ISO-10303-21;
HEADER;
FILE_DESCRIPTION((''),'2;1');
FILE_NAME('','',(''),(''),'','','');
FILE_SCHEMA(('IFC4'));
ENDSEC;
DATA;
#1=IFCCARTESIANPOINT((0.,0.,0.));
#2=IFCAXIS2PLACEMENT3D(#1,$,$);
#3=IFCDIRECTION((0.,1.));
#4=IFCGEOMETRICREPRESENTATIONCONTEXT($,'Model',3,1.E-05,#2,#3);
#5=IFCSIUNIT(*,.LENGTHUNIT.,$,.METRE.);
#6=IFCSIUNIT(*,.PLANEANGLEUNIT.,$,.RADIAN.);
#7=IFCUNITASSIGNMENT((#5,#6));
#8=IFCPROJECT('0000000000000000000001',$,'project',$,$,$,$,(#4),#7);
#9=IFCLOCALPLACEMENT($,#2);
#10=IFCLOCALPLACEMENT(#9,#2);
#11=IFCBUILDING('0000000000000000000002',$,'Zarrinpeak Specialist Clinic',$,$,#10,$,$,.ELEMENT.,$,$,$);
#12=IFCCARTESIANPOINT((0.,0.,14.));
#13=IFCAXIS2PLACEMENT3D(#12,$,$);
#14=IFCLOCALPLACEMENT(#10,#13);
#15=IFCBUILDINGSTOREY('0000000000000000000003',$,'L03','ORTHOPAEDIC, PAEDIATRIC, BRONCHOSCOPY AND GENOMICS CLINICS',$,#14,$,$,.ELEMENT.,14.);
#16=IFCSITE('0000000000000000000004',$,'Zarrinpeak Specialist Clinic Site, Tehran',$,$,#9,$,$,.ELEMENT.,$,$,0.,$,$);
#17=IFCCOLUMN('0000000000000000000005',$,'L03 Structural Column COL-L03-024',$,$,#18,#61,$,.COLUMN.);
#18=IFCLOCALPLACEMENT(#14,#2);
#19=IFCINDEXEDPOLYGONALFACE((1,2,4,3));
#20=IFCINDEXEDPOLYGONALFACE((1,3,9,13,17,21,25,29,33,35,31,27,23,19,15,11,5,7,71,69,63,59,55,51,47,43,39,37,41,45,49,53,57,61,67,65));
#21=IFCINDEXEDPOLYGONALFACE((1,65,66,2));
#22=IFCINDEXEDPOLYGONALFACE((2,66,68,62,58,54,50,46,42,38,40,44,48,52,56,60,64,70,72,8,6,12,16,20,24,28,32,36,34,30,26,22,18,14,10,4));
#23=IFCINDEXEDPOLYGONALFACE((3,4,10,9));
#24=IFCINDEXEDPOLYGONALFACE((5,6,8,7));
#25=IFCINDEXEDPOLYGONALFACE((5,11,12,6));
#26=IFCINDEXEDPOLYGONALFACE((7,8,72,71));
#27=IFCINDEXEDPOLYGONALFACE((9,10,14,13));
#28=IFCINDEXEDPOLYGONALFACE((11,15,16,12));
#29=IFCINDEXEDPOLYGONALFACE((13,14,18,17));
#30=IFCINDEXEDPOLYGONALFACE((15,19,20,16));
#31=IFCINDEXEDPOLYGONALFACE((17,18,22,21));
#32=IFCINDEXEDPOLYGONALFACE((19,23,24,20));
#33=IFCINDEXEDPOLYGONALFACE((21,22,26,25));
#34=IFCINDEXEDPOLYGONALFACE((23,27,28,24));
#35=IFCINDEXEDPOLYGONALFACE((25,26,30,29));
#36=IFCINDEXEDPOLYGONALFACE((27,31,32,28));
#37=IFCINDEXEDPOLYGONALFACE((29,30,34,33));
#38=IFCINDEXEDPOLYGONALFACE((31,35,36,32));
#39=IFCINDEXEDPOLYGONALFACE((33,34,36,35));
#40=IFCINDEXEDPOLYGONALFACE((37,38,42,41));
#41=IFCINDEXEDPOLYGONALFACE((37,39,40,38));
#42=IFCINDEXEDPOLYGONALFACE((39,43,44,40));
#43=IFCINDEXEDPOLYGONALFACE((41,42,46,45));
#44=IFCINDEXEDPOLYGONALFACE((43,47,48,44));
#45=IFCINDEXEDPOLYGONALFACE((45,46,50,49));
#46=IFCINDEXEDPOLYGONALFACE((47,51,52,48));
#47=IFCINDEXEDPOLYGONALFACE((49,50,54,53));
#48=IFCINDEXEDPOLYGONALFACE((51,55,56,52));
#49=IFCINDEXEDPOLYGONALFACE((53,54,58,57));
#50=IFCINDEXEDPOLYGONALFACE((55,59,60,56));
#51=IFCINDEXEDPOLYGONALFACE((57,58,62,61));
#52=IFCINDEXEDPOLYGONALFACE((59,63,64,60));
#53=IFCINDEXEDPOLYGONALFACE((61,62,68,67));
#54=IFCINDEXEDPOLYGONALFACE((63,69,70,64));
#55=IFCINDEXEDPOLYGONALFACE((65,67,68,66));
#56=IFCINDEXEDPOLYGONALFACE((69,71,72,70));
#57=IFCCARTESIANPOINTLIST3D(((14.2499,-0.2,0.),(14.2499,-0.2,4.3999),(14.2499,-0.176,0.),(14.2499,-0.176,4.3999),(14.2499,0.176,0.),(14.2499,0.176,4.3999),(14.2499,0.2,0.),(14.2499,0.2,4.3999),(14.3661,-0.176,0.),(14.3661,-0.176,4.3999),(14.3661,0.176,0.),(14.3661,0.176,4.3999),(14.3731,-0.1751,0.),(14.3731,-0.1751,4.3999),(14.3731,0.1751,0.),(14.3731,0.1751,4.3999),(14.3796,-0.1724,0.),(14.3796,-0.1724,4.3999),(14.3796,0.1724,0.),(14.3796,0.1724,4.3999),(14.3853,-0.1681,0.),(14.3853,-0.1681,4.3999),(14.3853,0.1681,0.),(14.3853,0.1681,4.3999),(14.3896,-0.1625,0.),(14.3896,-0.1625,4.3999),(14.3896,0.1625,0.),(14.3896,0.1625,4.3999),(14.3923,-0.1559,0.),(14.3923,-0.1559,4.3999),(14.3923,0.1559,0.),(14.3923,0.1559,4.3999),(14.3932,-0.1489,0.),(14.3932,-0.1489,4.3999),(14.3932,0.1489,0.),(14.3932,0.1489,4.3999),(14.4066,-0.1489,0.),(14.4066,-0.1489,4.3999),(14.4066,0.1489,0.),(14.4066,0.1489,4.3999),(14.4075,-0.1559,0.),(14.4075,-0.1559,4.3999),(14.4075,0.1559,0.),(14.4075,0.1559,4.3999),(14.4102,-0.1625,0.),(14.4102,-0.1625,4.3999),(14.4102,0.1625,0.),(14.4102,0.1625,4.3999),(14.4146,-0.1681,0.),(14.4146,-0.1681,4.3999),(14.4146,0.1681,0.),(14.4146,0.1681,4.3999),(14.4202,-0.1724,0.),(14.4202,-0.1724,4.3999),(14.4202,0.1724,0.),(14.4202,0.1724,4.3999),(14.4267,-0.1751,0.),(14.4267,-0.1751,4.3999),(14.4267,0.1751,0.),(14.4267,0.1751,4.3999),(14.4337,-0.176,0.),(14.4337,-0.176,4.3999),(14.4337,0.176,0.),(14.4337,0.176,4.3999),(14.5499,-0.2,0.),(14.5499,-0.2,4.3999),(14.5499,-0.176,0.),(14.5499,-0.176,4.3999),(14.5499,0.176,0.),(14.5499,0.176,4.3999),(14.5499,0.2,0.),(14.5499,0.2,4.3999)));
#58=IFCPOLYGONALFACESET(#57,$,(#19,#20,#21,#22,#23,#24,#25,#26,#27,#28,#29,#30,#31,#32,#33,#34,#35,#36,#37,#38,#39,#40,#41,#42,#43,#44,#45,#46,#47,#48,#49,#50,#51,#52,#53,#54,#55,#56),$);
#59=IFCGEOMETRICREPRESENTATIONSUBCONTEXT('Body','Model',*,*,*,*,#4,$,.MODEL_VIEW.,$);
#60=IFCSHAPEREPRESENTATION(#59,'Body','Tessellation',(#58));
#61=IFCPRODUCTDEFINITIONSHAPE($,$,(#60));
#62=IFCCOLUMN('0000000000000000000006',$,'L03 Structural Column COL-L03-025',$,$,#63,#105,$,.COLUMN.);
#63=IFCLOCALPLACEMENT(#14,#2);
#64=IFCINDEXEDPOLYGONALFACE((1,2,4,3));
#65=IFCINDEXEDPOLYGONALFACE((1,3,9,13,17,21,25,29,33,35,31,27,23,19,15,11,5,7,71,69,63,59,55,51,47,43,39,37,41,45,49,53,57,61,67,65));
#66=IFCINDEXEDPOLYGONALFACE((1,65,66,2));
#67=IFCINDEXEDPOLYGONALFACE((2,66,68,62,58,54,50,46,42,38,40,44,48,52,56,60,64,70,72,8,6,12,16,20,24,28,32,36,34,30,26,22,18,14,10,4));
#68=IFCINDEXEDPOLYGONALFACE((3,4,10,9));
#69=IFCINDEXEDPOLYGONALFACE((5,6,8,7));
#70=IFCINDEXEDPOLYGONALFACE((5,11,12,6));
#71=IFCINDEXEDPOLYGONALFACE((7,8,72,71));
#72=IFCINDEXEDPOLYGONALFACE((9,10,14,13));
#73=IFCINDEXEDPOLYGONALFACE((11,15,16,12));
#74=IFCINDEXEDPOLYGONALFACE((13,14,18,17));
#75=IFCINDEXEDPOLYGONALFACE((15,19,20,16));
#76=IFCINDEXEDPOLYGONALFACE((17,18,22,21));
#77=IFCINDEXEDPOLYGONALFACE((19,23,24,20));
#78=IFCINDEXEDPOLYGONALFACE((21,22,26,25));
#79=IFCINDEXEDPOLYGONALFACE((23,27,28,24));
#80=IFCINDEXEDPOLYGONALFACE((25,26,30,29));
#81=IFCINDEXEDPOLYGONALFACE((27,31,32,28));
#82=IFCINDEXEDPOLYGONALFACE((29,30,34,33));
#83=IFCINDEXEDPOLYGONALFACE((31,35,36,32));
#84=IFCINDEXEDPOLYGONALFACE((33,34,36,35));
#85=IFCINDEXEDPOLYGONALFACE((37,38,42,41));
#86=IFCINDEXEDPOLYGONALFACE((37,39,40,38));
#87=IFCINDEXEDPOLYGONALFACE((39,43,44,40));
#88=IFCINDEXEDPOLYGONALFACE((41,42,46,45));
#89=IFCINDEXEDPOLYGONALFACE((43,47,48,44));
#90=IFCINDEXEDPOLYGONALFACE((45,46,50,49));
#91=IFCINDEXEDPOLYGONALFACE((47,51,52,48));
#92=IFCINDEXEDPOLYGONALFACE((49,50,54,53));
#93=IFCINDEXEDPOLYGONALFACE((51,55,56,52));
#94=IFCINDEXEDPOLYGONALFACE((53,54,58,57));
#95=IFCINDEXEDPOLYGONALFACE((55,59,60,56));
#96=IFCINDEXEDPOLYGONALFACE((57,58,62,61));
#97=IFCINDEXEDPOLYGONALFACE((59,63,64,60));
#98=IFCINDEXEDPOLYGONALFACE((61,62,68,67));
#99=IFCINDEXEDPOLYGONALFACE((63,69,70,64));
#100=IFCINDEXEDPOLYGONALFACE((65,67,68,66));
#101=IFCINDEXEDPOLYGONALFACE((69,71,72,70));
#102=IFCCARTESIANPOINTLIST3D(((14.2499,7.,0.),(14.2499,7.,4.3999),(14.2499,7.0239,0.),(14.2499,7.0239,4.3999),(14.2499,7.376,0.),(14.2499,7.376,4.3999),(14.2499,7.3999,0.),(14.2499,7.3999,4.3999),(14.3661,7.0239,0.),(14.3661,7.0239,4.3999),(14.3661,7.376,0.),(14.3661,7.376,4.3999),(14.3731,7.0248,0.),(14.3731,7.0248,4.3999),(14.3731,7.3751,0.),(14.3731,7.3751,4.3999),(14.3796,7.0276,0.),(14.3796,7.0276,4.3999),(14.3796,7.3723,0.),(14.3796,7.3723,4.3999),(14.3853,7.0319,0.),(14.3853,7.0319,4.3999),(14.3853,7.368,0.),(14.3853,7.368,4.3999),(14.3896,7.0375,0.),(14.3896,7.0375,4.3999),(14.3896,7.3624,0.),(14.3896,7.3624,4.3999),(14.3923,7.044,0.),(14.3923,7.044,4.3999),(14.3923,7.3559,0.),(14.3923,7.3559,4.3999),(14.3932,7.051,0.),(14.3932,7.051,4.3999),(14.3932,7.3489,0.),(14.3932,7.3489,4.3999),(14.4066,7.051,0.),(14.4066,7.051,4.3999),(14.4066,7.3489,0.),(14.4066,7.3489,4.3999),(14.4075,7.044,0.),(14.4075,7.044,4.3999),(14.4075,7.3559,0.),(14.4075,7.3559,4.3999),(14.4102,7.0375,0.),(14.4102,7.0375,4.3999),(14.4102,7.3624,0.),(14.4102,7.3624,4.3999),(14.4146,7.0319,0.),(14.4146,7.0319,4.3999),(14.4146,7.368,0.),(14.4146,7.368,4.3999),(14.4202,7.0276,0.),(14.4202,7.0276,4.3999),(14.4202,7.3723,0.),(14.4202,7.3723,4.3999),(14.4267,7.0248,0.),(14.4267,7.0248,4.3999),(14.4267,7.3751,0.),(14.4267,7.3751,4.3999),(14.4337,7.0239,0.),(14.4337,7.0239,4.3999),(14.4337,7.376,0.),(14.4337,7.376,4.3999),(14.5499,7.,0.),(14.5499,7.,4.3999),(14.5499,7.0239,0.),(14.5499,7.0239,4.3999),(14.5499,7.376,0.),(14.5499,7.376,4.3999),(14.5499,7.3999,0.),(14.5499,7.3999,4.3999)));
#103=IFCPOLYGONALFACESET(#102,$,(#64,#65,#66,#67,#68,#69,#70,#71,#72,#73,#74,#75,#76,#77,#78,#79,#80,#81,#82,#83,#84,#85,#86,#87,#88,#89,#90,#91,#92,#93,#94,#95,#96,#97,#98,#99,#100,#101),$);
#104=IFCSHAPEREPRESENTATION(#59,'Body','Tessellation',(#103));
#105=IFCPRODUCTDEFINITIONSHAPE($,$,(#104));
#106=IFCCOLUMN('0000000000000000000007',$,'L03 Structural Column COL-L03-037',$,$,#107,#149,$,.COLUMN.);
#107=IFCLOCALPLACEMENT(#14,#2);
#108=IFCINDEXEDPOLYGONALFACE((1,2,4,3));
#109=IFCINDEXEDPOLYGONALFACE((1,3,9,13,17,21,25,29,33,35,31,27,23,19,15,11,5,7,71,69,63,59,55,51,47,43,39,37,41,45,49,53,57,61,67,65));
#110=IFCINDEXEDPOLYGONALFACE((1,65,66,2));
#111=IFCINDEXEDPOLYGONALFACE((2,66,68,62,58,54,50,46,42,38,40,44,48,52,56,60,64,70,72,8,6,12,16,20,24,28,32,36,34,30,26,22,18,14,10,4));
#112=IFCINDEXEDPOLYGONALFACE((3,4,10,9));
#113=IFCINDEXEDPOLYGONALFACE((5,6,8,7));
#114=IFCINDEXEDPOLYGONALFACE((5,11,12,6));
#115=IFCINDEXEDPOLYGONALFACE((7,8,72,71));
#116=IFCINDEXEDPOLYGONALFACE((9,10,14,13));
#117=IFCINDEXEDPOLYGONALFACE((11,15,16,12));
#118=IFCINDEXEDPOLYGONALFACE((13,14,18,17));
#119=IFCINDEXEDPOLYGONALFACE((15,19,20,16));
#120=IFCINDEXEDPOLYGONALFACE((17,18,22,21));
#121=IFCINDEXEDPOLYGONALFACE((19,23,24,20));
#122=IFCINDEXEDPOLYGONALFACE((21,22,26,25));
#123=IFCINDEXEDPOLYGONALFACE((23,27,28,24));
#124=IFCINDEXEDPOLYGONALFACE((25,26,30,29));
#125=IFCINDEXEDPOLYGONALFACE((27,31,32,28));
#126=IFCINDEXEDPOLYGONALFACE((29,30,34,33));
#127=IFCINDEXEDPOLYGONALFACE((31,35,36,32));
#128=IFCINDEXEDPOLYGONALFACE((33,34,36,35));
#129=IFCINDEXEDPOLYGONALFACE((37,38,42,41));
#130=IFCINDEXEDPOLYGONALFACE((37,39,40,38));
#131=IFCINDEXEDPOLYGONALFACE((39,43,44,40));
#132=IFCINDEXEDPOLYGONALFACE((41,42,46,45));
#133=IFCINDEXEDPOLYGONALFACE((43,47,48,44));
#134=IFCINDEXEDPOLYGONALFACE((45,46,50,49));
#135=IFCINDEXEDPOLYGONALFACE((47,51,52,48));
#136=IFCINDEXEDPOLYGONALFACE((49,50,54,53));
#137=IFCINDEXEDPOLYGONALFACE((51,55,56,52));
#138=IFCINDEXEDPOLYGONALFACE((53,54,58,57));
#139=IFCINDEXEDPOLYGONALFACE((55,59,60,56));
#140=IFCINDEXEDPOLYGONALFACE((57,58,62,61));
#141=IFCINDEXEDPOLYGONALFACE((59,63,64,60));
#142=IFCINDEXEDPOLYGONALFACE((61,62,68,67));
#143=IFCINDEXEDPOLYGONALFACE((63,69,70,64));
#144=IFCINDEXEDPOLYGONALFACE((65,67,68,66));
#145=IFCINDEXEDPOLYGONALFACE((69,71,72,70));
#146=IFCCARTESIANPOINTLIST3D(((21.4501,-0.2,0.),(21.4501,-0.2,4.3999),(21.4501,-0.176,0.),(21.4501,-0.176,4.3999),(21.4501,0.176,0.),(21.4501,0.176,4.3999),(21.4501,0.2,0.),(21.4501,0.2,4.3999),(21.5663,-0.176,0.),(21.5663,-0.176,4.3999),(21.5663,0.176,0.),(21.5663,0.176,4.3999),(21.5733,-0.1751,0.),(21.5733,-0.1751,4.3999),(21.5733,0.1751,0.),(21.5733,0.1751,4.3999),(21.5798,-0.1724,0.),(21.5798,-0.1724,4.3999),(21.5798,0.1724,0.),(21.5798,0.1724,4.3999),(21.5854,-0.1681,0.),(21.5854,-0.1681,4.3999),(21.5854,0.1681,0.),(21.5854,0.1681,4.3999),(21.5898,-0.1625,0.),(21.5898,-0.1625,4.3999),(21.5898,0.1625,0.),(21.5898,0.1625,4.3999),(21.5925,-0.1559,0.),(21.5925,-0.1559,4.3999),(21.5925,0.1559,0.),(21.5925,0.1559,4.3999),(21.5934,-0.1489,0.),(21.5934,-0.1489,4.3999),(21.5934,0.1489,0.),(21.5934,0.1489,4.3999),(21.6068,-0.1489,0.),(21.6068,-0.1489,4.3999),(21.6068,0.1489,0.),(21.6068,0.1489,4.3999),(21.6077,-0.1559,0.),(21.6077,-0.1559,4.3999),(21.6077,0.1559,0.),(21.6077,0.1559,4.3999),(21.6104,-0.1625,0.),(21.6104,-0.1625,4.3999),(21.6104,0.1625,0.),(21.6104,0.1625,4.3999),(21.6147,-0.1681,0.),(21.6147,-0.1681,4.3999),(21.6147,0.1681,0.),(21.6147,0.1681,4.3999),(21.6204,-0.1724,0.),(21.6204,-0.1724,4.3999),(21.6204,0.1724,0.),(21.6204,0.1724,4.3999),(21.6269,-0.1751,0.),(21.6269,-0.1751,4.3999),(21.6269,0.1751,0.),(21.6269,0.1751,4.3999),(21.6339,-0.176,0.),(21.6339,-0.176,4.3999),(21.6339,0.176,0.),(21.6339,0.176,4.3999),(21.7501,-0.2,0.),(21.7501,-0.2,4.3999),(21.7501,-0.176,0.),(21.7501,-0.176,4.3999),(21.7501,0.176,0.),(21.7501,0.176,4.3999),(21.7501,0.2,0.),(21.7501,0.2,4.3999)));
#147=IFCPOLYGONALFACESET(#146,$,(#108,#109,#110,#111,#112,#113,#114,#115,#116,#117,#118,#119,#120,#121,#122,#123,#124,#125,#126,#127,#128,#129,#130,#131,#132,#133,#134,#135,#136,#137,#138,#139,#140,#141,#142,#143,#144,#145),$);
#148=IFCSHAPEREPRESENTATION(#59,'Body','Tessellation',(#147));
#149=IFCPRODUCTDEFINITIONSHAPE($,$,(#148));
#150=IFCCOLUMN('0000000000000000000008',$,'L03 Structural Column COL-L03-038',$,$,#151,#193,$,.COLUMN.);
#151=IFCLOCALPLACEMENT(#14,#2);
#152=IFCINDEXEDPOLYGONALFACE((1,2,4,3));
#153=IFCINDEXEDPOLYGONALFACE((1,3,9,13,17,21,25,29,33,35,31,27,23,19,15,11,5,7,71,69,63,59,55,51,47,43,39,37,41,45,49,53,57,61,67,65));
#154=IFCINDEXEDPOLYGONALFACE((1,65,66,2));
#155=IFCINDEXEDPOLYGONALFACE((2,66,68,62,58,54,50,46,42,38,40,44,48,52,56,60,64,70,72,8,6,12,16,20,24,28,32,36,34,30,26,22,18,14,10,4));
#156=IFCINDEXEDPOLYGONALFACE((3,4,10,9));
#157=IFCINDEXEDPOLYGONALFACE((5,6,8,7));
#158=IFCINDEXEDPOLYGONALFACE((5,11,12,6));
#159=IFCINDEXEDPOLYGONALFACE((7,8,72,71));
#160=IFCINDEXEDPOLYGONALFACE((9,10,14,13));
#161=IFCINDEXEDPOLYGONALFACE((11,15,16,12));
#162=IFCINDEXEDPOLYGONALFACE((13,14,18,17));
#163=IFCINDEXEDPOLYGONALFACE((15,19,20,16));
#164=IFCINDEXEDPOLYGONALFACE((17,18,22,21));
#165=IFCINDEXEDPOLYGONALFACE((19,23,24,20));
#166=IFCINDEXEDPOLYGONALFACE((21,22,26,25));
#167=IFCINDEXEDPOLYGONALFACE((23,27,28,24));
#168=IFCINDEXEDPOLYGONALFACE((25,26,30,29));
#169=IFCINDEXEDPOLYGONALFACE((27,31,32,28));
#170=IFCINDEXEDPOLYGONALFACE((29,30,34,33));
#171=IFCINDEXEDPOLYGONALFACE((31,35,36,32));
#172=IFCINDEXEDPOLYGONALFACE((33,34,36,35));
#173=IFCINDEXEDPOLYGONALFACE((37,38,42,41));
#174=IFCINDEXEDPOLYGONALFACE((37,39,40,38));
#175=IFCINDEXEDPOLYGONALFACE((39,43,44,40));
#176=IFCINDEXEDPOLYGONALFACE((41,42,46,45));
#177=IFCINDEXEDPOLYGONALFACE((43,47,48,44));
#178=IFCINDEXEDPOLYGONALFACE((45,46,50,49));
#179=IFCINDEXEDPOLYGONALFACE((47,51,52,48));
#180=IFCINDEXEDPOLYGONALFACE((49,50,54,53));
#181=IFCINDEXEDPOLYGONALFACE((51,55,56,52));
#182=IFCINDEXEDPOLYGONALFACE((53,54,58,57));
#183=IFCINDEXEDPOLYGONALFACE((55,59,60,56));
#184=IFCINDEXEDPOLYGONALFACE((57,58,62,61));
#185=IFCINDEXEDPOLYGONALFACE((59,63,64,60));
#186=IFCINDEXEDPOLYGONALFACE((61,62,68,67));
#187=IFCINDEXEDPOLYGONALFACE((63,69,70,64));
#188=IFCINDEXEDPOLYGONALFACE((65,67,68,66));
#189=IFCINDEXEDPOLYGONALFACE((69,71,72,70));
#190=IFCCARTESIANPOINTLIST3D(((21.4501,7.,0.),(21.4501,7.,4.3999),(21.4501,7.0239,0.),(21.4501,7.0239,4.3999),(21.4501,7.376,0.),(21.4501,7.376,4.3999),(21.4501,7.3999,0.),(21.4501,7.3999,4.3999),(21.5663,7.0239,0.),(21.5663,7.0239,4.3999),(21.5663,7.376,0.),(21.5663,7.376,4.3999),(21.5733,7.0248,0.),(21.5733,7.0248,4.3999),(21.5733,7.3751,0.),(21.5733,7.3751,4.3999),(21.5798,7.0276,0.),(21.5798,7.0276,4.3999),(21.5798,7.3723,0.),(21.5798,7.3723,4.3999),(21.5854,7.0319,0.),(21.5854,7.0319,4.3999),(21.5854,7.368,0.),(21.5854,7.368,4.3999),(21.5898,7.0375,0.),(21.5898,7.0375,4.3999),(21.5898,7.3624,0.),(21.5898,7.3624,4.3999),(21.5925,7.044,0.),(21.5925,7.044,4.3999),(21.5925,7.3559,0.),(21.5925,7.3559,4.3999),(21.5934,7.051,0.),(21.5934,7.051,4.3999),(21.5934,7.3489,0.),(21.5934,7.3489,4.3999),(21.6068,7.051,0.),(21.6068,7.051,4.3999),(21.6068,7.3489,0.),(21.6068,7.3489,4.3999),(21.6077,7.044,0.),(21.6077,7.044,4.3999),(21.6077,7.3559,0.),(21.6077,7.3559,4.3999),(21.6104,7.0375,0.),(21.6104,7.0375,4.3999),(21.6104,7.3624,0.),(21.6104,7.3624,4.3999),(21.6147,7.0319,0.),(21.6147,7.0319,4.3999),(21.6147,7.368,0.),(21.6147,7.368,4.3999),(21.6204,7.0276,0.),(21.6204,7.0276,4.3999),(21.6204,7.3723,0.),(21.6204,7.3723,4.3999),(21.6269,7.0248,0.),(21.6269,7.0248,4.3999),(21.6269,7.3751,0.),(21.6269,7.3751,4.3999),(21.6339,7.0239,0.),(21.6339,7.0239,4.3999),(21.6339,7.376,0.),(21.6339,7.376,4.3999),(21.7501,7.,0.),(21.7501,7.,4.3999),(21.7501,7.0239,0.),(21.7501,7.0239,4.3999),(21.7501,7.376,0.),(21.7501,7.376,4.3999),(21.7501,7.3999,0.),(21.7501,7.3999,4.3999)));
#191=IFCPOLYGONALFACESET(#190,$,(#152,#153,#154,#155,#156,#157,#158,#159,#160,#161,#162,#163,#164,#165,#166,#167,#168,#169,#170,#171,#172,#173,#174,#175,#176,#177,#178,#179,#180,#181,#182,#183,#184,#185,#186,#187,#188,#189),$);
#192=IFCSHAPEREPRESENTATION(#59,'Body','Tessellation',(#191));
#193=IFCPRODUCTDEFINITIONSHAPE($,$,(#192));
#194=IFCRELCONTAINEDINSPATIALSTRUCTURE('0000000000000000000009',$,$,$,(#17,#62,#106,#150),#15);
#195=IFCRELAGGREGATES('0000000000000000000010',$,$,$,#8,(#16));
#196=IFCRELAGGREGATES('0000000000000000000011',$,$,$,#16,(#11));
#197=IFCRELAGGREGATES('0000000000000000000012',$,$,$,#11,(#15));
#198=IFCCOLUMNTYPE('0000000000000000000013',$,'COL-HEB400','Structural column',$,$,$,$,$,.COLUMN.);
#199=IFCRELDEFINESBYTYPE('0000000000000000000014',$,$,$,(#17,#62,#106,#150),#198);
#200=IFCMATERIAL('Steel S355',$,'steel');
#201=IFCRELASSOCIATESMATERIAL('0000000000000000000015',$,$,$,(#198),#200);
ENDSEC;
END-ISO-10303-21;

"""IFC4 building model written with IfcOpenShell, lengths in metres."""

from ifc_helpers import new_model, si_unit, direction, frame, origin, origin_2d, place, context, subcontext, project, spatial, i_section, extrude, material, material_profile, profile_set, type_object, element, save


model = new_model("IFC4")

# Units and contexts
model_context = context("Model", 3, precision=1e-05, world=origin(), true_north=direction((0.0, 1.0)))
body_context = subcontext(model_context, "Body", "Model", "MODEL_VIEW")
ifc_project = project(units=[si_unit("LENGTHUNIT", "METRE"), si_unit("PLANEANGLEUNIT", "RADIAN")], contexts=[model_context])

# Site, building, storey
site_placement = place(None, origin())
site = spatial("IfcSite", under=ifc_project, at=site_placement, Name="Zarrinpeak Specialist Clinic Site, Tehran", CompositionType="ELEMENT", RefElevation=0.0)
building_placement = place(site_placement, origin())
building = spatial("IfcBuilding", under=site, at=building_placement, Name="Zarrinpeak Specialist Clinic", CompositionType="ELEMENT")
storey_placement = place(building_placement, frame((0.0, 0.0, 14.0)))
storey = spatial("IfcBuildingStorey", under=building, at=storey_placement, Name="L03", Description="ORTHOPAEDIC, PAEDIATRIC, BRONCHOSCOPY AND GENOMICS CLINICS", CompositionType="ELEMENT", Elevation=14.0)

# Columns
ifc_material_1 = material(Name="Steel S355", Category="steel")
ifc_material_profile_1 = material_profile(ifc_material_1, i_section(OverallWidth=0.3, OverallDepth=0.3999, WebThickness=0.0134, FlangeThickness=0.0239, FilletRadius=0.0271, at=origin_2d()), Name="HEB 400")
ifc_profile_set_1 = profile_set([ifc_material_profile_1], Name="Steel S355")
column_type = type_object("IfcColumnType", Name="COL-HEB400", Description="Structural column", PredefinedType="COLUMN", material=ifc_profile_set_1)
for number, where, z_axis, x_axis, name in (
    (1, (14.3999, 0.0, 0.0), (0.0, 0.0, 1.0), (1.0, 0.0, 0.0), "L03 Structural Column COL-L03-024"),
    (2, (14.3999, 7.2, 0.0), (0.0, 0.0, 1.0), (1.0, 0.0, 0.0), "L03 Structural Column COL-L03-025"),
    (3, (21.6001, 0.0, 0.0), (0.0, 0.0, 1.0), (1.0, 0.0, 0.0), "L03 Structural Column COL-L03-037"),
    (4, (21.6001, 7.2, 0.0), (0.0, 0.0, 1.0), (1.0, 0.0, 0.0), "L03 Structural Column COL-L03-038"),
):
    element("IfcColumn", number, at=place(storey_placement, frame(where, z_axis=z_axis, x_axis=x_axis)), inside=storey, type_object=column_type, Name=name, PredefinedType="COLUMN", context=body_context, shape_type="SweptSolid", body=[
        extrude(i_section(OverallWidth=0.3, OverallDepth=0.3999, WebThickness=0.0134, FlangeThickness=0.0239, FilletRadius=0.0271, at=origin_2d()), origin(), (0.0, 0.0, 1.0), 4.3999),
    ])

save(model, "model.ifc")
